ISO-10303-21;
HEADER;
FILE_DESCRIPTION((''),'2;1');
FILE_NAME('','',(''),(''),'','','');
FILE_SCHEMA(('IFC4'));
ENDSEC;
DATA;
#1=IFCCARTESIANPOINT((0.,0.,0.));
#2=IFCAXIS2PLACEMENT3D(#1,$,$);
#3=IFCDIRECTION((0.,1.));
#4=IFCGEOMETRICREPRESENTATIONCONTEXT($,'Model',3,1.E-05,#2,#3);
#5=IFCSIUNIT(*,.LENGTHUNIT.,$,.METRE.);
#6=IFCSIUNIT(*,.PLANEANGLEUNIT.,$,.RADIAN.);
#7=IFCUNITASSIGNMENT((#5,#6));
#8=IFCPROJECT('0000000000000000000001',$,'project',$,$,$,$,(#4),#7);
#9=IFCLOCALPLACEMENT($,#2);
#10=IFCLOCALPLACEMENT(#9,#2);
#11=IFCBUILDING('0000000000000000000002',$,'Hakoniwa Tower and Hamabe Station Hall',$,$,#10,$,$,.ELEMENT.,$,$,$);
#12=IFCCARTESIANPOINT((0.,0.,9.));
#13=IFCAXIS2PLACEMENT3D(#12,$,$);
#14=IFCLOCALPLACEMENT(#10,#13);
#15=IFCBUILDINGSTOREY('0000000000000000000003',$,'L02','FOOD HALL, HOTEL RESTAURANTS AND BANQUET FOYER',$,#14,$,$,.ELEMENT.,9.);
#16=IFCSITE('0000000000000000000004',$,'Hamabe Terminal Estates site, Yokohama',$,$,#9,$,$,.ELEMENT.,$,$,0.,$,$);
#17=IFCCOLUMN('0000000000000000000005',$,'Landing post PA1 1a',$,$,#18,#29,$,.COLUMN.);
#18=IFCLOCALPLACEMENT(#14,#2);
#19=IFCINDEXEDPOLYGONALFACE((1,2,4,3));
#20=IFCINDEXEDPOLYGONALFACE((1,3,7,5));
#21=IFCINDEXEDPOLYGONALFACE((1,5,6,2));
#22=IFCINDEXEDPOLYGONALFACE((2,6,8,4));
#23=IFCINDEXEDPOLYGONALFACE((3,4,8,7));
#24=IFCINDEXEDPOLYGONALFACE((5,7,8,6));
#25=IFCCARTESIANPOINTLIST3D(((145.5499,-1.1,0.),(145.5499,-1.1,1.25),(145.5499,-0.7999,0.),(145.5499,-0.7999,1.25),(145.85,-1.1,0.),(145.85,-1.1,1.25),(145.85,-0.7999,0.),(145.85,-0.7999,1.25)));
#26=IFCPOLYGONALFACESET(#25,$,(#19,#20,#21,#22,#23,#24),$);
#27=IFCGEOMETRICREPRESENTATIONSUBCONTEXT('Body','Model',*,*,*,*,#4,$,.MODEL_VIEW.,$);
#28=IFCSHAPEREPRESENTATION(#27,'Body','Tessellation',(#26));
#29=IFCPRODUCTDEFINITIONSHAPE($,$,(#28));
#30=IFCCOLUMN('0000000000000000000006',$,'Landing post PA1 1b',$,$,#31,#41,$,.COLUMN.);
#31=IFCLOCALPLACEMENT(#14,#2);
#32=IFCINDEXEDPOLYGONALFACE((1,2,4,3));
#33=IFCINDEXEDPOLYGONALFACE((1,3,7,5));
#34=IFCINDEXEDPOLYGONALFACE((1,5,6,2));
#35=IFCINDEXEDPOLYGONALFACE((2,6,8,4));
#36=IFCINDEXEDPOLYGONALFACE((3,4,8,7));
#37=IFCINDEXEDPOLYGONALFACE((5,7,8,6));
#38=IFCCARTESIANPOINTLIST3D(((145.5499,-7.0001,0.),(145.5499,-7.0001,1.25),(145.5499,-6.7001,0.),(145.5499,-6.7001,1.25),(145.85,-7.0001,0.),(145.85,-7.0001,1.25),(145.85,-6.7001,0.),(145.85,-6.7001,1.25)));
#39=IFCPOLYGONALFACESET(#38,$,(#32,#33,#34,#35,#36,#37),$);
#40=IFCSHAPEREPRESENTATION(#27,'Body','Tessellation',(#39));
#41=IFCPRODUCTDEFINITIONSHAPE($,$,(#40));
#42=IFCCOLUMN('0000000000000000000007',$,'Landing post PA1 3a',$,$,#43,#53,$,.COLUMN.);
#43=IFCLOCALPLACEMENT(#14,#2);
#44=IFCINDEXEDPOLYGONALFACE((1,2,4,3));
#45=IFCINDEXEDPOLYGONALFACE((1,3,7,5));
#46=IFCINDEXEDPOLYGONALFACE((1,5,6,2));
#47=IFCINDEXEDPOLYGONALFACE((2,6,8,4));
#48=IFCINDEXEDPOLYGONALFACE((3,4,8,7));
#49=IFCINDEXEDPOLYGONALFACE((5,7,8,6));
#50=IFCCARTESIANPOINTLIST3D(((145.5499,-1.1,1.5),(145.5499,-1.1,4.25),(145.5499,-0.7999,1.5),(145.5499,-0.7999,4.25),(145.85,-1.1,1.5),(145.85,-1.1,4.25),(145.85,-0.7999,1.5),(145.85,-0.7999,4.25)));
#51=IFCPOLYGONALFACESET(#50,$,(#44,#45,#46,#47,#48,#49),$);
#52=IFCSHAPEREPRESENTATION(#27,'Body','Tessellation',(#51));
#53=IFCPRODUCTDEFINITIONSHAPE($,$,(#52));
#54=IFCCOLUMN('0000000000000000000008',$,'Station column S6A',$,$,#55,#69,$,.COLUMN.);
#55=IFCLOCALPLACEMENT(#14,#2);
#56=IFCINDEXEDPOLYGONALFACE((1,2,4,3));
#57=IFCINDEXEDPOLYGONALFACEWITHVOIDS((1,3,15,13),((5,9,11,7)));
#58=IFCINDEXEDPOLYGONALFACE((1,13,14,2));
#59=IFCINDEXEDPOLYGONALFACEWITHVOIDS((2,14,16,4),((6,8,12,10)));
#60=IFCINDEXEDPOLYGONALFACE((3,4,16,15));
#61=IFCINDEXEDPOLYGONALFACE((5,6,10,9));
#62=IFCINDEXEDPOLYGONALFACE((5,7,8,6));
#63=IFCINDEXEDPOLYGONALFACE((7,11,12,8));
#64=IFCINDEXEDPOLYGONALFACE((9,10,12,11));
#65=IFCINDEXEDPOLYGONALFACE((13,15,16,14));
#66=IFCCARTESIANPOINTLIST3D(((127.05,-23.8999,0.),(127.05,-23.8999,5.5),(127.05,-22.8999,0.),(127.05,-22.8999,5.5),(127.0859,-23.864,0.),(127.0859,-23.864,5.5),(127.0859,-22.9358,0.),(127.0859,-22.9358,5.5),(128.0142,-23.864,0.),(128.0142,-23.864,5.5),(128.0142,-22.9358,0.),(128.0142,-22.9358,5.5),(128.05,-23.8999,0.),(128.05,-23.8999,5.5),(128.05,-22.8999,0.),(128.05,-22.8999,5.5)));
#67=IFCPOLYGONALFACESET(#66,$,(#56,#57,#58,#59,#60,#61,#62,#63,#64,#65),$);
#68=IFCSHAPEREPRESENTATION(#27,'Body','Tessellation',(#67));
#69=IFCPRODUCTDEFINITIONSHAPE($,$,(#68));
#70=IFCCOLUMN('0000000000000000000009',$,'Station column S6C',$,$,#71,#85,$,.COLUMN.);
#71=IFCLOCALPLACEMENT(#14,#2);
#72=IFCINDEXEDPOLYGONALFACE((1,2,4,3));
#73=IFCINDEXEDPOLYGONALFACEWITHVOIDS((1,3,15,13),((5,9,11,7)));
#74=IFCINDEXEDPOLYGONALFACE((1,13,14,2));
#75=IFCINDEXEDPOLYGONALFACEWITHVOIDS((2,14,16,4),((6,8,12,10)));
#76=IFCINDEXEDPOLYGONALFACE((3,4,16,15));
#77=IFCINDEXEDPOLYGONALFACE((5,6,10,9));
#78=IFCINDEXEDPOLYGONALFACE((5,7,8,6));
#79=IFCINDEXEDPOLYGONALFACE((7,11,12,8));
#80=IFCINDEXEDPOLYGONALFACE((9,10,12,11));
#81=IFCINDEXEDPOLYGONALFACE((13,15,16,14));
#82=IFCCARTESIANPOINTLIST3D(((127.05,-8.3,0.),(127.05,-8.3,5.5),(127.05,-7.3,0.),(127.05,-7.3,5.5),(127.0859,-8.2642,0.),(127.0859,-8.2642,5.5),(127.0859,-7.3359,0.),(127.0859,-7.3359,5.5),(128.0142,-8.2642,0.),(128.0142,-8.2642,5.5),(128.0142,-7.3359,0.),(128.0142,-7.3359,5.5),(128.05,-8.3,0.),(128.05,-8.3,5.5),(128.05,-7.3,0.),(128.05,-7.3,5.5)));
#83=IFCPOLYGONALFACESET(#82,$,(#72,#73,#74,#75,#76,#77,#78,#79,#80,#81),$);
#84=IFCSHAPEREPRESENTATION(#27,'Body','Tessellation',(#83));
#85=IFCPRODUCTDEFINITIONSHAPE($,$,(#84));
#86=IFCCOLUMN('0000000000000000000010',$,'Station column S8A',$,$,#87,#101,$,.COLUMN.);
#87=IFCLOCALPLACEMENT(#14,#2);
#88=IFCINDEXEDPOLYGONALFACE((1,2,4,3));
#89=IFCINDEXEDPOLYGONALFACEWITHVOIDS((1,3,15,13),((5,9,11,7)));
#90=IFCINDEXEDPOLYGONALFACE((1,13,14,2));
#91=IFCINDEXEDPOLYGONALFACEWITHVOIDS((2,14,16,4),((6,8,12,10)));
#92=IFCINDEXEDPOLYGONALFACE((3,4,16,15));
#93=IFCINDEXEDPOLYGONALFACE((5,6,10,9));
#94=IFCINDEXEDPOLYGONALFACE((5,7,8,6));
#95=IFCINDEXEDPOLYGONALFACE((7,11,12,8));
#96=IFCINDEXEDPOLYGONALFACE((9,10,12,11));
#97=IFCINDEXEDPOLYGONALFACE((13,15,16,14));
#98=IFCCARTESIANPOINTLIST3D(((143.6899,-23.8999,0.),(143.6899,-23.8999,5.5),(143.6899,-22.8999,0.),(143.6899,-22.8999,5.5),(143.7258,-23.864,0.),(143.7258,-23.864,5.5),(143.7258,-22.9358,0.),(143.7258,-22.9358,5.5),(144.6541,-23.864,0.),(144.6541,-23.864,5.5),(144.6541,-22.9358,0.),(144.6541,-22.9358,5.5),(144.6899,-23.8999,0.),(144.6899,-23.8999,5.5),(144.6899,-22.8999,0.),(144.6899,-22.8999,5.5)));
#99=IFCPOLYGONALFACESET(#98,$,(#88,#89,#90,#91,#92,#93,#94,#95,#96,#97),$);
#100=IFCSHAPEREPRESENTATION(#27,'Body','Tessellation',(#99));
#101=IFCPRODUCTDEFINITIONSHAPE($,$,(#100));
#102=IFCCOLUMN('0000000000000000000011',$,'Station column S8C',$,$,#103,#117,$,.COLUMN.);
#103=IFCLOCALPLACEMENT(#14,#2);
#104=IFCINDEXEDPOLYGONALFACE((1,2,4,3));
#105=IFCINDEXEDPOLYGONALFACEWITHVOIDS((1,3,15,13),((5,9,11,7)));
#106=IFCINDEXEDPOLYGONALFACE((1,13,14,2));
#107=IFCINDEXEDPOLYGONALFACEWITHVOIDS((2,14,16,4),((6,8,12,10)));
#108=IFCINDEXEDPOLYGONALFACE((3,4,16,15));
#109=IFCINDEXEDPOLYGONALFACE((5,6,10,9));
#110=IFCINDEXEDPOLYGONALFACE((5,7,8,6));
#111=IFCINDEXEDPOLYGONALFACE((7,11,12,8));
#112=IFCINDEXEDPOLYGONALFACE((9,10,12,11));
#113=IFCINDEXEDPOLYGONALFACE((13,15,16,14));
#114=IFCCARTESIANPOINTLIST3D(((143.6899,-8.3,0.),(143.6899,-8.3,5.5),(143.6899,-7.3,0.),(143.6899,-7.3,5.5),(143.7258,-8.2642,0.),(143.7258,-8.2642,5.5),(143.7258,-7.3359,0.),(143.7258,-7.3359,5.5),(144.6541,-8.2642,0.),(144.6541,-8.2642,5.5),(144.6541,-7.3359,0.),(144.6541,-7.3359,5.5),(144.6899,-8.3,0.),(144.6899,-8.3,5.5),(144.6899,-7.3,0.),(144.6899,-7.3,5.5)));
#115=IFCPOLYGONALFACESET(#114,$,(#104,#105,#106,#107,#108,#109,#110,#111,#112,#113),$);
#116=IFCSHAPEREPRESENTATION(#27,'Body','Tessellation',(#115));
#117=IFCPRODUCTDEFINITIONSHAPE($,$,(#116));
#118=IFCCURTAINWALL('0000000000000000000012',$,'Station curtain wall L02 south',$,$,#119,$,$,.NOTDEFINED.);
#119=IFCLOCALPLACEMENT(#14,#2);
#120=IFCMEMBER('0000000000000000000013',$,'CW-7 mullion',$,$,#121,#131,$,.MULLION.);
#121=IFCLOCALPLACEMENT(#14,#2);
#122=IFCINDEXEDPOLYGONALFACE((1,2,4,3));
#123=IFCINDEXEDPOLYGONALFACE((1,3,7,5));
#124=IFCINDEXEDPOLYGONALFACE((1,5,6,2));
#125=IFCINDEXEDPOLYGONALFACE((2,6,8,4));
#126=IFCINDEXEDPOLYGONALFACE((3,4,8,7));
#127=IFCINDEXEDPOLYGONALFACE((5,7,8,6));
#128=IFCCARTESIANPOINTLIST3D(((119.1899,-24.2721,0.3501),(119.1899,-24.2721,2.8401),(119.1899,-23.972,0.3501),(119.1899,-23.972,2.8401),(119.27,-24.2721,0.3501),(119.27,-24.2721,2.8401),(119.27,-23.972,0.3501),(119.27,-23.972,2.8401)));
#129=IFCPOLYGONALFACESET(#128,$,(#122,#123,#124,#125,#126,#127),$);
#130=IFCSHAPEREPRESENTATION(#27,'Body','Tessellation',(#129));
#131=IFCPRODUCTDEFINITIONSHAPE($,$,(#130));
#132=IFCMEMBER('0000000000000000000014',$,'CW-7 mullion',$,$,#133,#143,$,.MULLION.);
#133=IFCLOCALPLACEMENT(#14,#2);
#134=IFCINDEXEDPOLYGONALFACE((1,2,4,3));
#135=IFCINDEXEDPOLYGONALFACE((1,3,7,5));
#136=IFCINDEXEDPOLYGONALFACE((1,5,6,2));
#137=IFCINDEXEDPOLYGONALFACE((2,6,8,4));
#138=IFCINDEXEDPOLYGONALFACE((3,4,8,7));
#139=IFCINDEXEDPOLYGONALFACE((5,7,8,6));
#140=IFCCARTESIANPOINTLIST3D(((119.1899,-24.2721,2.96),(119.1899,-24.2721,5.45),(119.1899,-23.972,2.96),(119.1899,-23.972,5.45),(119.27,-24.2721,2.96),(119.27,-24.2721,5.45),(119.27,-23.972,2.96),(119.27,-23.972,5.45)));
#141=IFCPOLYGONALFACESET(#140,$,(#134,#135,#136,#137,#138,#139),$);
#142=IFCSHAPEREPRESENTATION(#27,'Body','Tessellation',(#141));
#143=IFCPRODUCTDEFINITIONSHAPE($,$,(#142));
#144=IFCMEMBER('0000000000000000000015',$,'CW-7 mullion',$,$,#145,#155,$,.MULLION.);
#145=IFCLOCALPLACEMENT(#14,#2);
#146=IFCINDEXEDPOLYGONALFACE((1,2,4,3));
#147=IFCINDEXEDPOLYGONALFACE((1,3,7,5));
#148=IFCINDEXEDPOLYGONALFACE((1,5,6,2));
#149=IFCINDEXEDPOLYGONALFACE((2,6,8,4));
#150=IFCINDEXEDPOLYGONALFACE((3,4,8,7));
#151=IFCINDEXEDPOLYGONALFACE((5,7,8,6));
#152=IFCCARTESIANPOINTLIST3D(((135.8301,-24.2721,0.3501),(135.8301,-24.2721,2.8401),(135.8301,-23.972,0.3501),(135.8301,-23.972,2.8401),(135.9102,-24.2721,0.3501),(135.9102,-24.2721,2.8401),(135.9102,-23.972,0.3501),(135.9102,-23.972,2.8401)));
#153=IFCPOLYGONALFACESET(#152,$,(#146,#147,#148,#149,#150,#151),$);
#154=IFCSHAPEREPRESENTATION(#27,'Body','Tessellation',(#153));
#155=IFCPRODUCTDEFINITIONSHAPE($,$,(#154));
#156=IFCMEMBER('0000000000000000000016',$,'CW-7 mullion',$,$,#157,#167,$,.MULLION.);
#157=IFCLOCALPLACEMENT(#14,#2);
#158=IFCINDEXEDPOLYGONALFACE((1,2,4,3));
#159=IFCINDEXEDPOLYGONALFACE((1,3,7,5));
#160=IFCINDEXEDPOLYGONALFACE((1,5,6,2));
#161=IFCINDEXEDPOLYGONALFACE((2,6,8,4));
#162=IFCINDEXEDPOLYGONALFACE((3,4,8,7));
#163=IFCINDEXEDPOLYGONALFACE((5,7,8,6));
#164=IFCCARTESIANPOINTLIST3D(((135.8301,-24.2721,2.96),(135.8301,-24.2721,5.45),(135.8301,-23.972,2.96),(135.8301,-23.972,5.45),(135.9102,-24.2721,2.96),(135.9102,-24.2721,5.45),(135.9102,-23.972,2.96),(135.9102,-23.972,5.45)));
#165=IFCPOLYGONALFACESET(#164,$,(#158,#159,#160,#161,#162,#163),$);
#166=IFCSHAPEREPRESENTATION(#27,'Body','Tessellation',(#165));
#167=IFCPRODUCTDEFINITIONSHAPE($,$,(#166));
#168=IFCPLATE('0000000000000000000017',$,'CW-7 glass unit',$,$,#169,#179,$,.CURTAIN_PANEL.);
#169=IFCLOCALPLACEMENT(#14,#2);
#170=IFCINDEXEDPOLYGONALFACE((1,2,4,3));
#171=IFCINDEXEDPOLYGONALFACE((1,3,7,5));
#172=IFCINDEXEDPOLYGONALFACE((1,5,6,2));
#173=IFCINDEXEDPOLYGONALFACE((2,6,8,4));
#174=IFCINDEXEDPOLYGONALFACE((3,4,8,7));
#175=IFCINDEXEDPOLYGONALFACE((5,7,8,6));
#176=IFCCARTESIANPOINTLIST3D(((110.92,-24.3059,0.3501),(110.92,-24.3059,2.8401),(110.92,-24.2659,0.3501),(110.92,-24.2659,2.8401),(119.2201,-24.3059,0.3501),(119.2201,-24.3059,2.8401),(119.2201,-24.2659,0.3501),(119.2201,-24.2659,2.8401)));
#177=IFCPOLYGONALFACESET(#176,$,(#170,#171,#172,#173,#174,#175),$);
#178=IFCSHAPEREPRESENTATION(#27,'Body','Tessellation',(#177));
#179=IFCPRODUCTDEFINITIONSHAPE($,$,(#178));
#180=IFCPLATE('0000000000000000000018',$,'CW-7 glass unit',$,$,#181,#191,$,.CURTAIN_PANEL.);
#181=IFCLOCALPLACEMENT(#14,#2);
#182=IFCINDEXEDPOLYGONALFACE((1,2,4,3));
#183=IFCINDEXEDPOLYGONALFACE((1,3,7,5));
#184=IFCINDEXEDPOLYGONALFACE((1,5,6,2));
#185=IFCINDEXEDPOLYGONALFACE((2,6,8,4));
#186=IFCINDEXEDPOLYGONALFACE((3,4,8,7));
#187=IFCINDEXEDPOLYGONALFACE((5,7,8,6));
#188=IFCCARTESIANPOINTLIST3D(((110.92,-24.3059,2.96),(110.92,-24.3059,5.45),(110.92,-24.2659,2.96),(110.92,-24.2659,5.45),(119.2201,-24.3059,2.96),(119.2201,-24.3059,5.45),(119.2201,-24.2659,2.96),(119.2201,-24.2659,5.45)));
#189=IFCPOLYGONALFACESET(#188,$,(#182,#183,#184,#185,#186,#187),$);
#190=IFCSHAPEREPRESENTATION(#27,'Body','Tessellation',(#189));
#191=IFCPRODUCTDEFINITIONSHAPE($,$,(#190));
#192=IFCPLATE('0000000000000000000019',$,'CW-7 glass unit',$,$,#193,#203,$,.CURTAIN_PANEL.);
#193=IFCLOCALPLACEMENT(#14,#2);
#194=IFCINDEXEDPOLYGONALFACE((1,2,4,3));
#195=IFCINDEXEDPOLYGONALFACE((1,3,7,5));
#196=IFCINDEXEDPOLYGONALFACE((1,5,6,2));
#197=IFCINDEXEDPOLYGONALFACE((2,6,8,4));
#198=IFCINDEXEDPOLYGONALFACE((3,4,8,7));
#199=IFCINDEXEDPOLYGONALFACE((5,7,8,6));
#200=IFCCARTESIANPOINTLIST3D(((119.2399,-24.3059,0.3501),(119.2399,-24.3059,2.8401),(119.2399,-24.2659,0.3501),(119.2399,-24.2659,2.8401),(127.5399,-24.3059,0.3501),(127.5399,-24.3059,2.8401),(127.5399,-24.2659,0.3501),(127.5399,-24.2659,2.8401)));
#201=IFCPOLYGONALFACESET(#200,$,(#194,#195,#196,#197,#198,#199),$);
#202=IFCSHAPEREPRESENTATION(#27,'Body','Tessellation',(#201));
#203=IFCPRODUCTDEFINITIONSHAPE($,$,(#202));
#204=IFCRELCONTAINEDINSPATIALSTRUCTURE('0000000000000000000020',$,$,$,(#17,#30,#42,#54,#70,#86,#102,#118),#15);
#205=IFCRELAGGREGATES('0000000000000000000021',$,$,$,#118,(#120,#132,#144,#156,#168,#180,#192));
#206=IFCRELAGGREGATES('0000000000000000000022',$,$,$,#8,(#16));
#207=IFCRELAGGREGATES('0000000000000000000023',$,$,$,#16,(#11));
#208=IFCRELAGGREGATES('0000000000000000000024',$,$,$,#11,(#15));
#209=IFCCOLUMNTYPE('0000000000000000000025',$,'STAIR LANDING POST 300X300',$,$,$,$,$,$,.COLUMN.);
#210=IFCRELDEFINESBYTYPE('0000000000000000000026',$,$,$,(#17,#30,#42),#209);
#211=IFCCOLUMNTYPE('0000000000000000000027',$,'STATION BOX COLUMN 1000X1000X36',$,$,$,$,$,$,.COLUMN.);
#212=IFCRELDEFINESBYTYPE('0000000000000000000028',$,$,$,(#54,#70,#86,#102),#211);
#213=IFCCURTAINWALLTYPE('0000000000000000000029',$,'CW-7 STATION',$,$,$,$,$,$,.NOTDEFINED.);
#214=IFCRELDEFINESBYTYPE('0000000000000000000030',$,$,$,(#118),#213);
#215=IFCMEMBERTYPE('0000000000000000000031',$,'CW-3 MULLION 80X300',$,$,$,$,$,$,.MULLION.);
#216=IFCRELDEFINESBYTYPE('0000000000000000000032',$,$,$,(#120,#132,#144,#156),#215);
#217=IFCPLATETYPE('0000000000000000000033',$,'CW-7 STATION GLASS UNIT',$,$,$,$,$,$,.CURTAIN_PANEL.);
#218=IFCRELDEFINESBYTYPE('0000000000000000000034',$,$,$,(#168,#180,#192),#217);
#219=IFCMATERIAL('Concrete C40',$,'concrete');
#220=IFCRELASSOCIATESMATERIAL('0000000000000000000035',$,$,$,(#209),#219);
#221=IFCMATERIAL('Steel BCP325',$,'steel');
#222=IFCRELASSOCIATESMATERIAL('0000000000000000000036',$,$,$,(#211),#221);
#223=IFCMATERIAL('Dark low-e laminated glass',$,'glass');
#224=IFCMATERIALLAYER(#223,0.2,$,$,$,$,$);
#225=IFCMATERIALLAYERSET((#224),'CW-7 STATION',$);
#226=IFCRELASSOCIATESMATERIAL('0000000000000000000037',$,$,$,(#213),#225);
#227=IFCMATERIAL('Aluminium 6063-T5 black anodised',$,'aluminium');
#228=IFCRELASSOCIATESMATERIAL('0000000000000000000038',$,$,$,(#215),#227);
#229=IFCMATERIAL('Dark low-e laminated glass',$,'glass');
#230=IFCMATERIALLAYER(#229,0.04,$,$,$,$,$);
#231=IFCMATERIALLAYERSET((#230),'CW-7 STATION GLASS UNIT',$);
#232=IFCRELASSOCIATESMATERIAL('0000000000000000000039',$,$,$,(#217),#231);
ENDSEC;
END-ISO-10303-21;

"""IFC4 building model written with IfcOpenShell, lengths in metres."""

from ifc_helpers import new_model, si_unit, direction, frame, origin, origin_2d, place, context, subcontext, project, spatial, rectangle, hollow_rectangle, extrude, material, layer, layer_set, material_profile, profile_set, type_object, element, aggregate, save


model = new_model("IFC4")

# Units and contexts
model_context = context("Model", 3, precision=1e-05, world=origin(), true_north=direction((0.0, 1.0)))
body_context = subcontext(model_context, "Body", "Model", "MODEL_VIEW")
ifc_project = project(units=[si_unit("LENGTHUNIT", "METRE"), si_unit("PLANEANGLEUNIT", "RADIAN")], contexts=[model_context])

# Site, building, storey
site_placement = place(None, origin())
site = spatial("IfcSite", under=ifc_project, at=site_placement, Name="Hamabe Terminal Estates site, Yokohama", CompositionType="ELEMENT", RefElevation=0.0)
building_placement = place(site_placement, origin())
building = spatial("IfcBuilding", under=site, at=building_placement, Name="Hakoniwa Tower and Hamabe Station Hall", CompositionType="ELEMENT")
storey_placement = place(building_placement, frame((0.0, 0.0, 9.0)))
storey = spatial("IfcBuildingStorey", under=building, at=storey_placement, Name="L02", Description="FOOD HALL, HOTEL RESTAURANTS AND BANQUET FOYER", CompositionType="ELEMENT", Elevation=9.0)

# Columns
ifc_material_1 = material(Name="Concrete C40", Category="concrete")
ifc_material_profile_1 = material_profile(ifc_material_1, rectangle(XDim=0.3, YDim=0.3, at=origin_2d()), Name="STAIR LANDING POST 300X300")
ifc_profile_set_1 = profile_set([ifc_material_profile_1], Name="Concrete C40")
column_type_1 = type_object("IfcColumnType", Name="STAIR LANDING POST 300X300", PredefinedType="COLUMN", material=ifc_profile_set_1)
for number, where, z_axis, x_axis, name in (
    (1, (145.7, -0.95, 0.0), (0.0, 0.0, 1.0), (1.0, 0.0, 0.0), "Landing post PA1 1a"),
    (2, (145.7, -6.8501, 0.0), (0.0, 0.0, 1.0), (1.0, 0.0, 0.0), "Landing post PA1 1b"),
):
    element("IfcColumn", number, at=place(storey_placement, frame(where, z_axis=z_axis, x_axis=x_axis)), inside=storey, type_object=column_type_1, Name=name, PredefinedType="COLUMN", context=body_context, shape_type="SweptSolid", body=[
        extrude(rectangle(XDim=0.3, YDim=0.3, at=origin_2d()), origin(), (0.0, 0.0, 1.0), 1.25),
    ])
column_placement = place(storey_placement, frame((145.7, -0.95, 1.5), z_axis=(0.0, 0.0, 1.0), x_axis=(1.0, 0.0, 0.0)))
element("IfcColumn", 3, at=column_placement, inside=storey, type_object=column_type_1, Name="Landing post PA1 3a", PredefinedType="COLUMN", context=body_context, shape_type="SweptSolid", body=[
    extrude(rectangle(XDim=0.3, YDim=0.3, at=origin_2d()), origin(), (0.0, 0.0, 1.0), 2.75),
])
ifc_material_2 = material(Name="Steel BCP325", Category="steel")
ifc_material_profile_2 = material_profile(ifc_material_2, hollow_rectangle(XDim=1.0, YDim=1.0, WallThickness=0.0359, at=origin_2d()), Name="STATION BOX COLUMN 1000X1000X36")
ifc_profile_set_2 = profile_set([ifc_material_profile_2], Name="Steel BCP325")
column_type_2 = type_object("IfcColumnType", Name="STATION BOX COLUMN 1000X1000X36", PredefinedType="COLUMN", material=ifc_profile_set_2)
for number, where, z_axis, x_axis, name in (
    (4, (127.55, -23.3999, 0.0), (0.0, 0.0, 1.0), (1.0, 0.0, 0.0), "Station column S6A"),
    (5, (127.55, -7.8, 0.0), (0.0, 0.0, 1.0), (1.0, 0.0, 0.0), "Station column S6C"),
    (6, (144.1899, -23.3999, 0.0), (0.0, 0.0, 1.0), (1.0, 0.0, 0.0), "Station column S8A"),
    (7, (144.1899, -7.8, 0.0), (0.0, 0.0, 1.0), (1.0, 0.0, 0.0), "Station column S8C"),
):
    element("IfcColumn", number, at=place(storey_placement, frame(where, z_axis=z_axis, x_axis=x_axis)), inside=storey, type_object=column_type_2, Name=name, PredefinedType="COLUMN", context=body_context, shape_type="SweptSolid", body=[
        extrude(hollow_rectangle(XDim=1.0, YDim=1.0, WallThickness=0.0359, at=origin_2d()), origin(), (0.0, 0.0, 1.0), 5.5),
    ])

# Curtain wall, members, plates
ifc_material_3 = material(Name="Dark low-e laminated glass", Category="glass")
ifc_layer_1 = layer(ifc_material_3, 0.2)
ifc_layer_set_1 = layer_set([ifc_layer_1], Name="CW-7 STATION")
curtain_wall_type = type_object("IfcCurtainWallType", Name="CW-7 STATION", PredefinedType="NOTDEFINED", material=ifc_layer_set_1)
curtain_wall_placement = place(storey_placement, origin())
curtain_wall = element("IfcCurtainWall", 8, at=curtain_wall_placement, inside=storey, type_object=curtain_wall_type, Name="Station curtain wall L02 south", PredefinedType="NOTDEFINED")
ifc_material_4 = material(Name="Aluminium 6063-T5 black anodised", Category="aluminium")
ifc_material_profile_3 = material_profile(ifc_material_4, rectangle(XDim=0.0801, YDim=0.3, at=origin_2d()), Name="CW-3 MULLION 80X300")
ifc_profile_set_3 = profile_set([ifc_material_profile_3], Name="Aluminium 6063-T5 black anodised")
member_type = type_object("IfcMemberType", Name="CW-3 MULLION 80X300", PredefinedType="MULLION", material=ifc_profile_set_3)
member_1_placement = place(storey_placement, frame((119.23, -24.1221, 0.3501), z_axis=(0.0, 0.0, 1.0), x_axis=(1.0, 0.0, 0.0)))
member_1 = element("IfcMember", 9, at=member_1_placement, type_object=member_type, Name="CW-7 mullion", PredefinedType="MULLION", context=body_context, shape_type="SweptSolid", body=[
    extrude(rectangle(XDim=0.0801, YDim=0.3, at=origin_2d()), origin(), (0.0, 0.0, 1.0), 2.49),
])
member_2_placement = place(storey_placement, frame((119.23, -24.1221, 2.96), z_axis=(0.0, 0.0, 1.0), x_axis=(1.0, 0.0, 0.0)))
member_2 = element("IfcMember", 10, at=member_2_placement, type_object=member_type, Name="CW-7 mullion", PredefinedType="MULLION", context=body_context, shape_type="SweptSolid", body=[
    extrude(rectangle(XDim=0.0801, YDim=0.3, at=origin_2d()), origin(), (0.0, 0.0, 1.0), 2.49),
])
member_3_placement = place(storey_placement, frame((135.8701, -24.1221, 0.3501), z_axis=(0.0, 0.0, 1.0), x_axis=(1.0, 0.0, 0.0)))
member_3 = element("IfcMember", 11, at=member_3_placement, type_object=member_type, Name="CW-7 mullion", PredefinedType="MULLION", context=body_context, shape_type="SweptSolid", body=[
    extrude(rectangle(XDim=0.0801, YDim=0.3, at=origin_2d()), origin(), (0.0, 0.0, 1.0), 2.49),
])
member_4_placement = place(storey_placement, frame((135.8701, -24.1221, 2.96), z_axis=(0.0, 0.0, 1.0), x_axis=(1.0, 0.0, 0.0)))
member_4 = element("IfcMember", 12, at=member_4_placement, type_object=member_type, Name="CW-7 mullion", PredefinedType="MULLION", context=body_context, shape_type="SweptSolid", body=[
    extrude(rectangle(XDim=0.0801, YDim=0.3, at=origin_2d()), origin(), (0.0, 0.0, 1.0), 2.49),
])
ifc_material_5 = material(Name="Dark low-e laminated glass", Category="glass")
ifc_layer_2 = layer(ifc_material_5, 0.04)
ifc_layer_set_2 = layer_set([ifc_layer_2], Name="CW-7 STATION GLASS UNIT")
plate_type = type_object("IfcPlateType", Name="CW-7 STATION GLASS UNIT", PredefinedType="CURTAIN_PANEL", material=ifc_layer_set_2)
plate_1_placement = place(storey_placement, frame((115.0701, -24.2859, 0.3501), z_axis=(0.0, 0.0, 1.0), x_axis=(1.0, 0.0, 0.0)))
plate_1 = element("IfcPlate", 13, at=plate_1_placement, type_object=plate_type, Name="CW-7 glass unit", PredefinedType="CURTAIN_PANEL", context=body_context, shape_type="SweptSolid", body=[
    extrude(rectangle(XDim=8.3, YDim=0.04, at=origin_2d()), origin(), (0.0, 0.0, 1.0), 2.49),
])
plate_2_placement = place(storey_placement, frame((115.0701, -24.2859, 2.96), z_axis=(0.0, 0.0, 1.0), x_axis=(1.0, 0.0, 0.0)))
plate_2 = element("IfcPlate", 14, at=plate_2_placement, type_object=plate_type, Name="CW-7 glass unit", PredefinedType="CURTAIN_PANEL", context=body_context, shape_type="SweptSolid", body=[
    extrude(rectangle(XDim=8.3, YDim=0.04, at=origin_2d()), origin(), (0.0, 0.0, 1.0), 2.49),
])
plate_3_placement = place(storey_placement, frame((123.3899, -24.2859, 0.3501), z_axis=(0.0, 0.0, 1.0), x_axis=(1.0, 0.0, 0.0)))
plate_3 = element("IfcPlate", 15, at=plate_3_placement, type_object=plate_type, Name="CW-7 glass unit", PredefinedType="CURTAIN_PANEL", context=body_context, shape_type="SweptSolid", body=[
    extrude(rectangle(XDim=8.3, YDim=0.04, at=origin_2d()), origin(), (0.0, 0.0, 1.0), 2.49),
])
aggregate(curtain_wall, [member_1, member_2, member_3, member_4, plate_1, plate_2, plate_3])

save(model, "model.ifc")
